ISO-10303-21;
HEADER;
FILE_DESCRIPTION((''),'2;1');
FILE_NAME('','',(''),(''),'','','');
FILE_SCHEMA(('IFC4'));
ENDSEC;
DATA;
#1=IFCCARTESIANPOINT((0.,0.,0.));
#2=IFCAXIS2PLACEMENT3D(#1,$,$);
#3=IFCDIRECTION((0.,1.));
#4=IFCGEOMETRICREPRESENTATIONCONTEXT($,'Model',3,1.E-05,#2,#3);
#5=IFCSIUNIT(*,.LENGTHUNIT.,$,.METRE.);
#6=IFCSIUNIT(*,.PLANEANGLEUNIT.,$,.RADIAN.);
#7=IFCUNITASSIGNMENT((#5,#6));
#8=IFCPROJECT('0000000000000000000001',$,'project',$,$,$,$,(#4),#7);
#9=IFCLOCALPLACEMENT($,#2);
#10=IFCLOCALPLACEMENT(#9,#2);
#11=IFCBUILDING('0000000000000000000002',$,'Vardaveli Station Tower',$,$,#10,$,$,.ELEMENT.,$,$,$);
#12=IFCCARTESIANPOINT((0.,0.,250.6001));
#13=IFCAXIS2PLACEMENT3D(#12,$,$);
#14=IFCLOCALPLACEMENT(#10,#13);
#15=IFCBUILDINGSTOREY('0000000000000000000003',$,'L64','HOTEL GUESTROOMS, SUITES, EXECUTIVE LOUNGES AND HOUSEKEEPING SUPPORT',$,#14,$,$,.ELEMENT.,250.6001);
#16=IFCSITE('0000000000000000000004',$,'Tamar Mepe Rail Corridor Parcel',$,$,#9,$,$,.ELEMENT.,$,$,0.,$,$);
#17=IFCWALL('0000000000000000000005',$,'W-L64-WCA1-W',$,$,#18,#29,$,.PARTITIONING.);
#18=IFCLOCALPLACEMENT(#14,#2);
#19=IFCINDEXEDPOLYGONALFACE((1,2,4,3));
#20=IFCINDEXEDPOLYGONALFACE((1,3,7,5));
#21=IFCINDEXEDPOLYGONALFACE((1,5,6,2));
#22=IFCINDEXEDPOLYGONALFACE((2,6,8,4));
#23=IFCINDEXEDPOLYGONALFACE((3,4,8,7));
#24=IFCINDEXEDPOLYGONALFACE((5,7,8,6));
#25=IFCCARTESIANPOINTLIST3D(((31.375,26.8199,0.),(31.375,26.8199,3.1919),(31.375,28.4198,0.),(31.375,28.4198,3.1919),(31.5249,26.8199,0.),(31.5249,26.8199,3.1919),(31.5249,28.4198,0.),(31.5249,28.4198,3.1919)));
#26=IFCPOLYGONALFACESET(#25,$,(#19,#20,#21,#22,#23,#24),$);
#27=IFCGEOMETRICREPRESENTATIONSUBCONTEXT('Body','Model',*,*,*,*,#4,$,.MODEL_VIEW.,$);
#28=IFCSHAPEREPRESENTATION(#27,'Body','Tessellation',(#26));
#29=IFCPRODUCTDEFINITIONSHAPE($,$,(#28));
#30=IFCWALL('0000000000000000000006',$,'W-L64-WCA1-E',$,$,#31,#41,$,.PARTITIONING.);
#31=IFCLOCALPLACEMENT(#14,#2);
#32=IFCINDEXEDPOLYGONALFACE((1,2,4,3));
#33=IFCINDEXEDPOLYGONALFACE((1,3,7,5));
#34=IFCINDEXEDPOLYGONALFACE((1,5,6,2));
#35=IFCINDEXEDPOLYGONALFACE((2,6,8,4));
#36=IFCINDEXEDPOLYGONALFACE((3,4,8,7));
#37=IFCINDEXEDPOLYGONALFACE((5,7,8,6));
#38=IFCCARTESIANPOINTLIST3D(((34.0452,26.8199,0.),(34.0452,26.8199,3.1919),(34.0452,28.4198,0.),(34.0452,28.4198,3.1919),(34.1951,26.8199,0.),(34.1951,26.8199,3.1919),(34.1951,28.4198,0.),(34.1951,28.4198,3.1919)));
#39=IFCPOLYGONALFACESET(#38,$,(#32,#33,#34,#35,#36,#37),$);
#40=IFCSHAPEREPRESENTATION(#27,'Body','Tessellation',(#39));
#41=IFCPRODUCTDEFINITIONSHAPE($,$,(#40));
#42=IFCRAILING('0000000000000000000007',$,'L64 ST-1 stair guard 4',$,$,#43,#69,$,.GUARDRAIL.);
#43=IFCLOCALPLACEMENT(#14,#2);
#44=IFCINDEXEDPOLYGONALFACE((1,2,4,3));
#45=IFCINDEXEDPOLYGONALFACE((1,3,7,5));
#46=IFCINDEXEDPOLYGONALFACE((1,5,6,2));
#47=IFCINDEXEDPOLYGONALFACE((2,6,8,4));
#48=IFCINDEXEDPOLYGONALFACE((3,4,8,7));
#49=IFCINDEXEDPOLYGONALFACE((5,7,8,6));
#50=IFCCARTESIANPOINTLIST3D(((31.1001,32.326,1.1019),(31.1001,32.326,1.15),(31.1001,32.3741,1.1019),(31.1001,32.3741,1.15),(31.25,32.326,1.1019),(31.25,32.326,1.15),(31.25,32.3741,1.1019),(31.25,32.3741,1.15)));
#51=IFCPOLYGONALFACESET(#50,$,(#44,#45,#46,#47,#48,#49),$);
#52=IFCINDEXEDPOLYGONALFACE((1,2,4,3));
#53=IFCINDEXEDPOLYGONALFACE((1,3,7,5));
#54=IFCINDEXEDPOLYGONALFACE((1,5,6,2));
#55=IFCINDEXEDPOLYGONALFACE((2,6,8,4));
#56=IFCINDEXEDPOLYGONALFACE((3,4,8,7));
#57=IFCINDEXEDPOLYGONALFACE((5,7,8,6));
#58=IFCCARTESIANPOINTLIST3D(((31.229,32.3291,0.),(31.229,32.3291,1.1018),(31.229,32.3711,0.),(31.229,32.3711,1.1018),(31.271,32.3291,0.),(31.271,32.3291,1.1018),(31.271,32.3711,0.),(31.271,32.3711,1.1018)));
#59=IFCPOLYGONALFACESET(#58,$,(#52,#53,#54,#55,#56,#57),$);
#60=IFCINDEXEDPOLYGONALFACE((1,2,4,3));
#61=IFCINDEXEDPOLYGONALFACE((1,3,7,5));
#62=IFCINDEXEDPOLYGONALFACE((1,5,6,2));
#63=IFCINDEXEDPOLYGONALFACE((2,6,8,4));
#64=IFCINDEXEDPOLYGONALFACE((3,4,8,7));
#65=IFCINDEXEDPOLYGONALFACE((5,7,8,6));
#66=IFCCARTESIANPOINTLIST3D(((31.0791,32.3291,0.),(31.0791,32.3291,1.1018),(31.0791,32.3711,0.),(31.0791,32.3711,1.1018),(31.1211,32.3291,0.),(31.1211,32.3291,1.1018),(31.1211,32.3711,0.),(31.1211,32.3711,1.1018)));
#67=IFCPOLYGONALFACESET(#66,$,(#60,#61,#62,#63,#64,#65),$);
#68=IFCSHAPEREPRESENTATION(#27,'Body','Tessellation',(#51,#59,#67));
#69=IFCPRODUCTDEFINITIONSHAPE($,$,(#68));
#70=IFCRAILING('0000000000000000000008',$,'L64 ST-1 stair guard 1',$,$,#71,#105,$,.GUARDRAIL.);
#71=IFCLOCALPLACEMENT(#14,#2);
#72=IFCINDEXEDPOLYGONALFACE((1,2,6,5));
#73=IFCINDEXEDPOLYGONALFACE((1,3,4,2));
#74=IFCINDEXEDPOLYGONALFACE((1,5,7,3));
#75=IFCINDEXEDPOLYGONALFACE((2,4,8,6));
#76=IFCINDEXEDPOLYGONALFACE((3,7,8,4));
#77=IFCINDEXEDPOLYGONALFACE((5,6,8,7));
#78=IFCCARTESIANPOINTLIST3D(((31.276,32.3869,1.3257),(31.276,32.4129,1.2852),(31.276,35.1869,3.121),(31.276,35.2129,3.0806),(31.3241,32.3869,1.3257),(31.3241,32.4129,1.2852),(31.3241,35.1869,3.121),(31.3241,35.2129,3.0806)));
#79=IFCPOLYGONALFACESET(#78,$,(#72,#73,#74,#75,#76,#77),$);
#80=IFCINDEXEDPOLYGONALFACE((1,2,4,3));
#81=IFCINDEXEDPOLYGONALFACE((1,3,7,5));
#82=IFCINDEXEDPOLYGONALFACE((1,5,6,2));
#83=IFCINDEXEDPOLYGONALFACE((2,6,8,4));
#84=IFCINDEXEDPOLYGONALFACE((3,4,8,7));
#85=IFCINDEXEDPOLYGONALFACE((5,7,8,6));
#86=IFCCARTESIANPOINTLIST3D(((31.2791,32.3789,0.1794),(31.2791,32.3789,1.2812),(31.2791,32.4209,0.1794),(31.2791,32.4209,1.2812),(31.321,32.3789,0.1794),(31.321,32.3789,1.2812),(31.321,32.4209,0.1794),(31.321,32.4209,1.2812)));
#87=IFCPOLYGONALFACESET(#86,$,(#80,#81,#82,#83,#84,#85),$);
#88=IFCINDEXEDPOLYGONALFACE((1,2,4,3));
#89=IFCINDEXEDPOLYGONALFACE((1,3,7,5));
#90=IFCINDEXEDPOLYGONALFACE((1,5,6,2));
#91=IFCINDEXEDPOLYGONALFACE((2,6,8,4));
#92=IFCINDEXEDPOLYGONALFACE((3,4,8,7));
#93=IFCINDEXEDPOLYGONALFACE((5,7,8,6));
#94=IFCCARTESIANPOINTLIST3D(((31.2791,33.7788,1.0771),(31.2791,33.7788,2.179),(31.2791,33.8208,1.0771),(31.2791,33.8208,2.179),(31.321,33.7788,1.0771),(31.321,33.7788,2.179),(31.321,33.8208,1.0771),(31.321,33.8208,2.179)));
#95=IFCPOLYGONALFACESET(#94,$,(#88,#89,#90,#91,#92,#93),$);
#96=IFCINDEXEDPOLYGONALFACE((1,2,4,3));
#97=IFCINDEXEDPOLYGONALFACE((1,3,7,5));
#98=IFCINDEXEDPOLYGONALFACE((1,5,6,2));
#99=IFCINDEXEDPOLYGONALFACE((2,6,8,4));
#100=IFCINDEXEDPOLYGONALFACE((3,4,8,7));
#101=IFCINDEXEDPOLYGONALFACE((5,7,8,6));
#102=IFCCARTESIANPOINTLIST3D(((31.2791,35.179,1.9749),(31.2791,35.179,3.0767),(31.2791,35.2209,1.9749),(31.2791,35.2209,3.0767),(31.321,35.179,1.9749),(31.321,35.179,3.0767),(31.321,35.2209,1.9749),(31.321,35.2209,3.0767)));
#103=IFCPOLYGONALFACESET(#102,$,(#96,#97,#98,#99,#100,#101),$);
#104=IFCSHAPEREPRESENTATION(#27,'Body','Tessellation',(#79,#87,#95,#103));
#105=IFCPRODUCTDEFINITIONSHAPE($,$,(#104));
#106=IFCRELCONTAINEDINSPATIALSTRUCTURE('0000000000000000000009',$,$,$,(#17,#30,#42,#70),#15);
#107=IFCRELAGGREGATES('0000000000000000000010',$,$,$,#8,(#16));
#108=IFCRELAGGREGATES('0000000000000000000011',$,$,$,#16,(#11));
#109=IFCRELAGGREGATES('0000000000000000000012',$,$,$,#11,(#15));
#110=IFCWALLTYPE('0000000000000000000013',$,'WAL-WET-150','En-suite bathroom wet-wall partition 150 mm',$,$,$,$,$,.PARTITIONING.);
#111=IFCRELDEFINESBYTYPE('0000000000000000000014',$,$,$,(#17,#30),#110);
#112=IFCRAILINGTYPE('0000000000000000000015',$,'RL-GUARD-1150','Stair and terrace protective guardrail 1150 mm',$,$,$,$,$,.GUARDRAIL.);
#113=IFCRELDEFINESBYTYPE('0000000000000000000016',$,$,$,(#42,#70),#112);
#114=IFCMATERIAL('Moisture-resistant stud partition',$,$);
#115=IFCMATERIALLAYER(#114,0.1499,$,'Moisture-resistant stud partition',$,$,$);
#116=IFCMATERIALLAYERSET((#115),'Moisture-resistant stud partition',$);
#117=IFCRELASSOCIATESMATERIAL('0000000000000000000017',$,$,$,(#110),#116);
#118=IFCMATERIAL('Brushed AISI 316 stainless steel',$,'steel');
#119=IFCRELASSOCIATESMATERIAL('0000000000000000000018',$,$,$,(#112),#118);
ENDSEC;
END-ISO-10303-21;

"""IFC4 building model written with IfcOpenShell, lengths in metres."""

from ifc_helpers import new_model, si_unit, direction, frame, frame_2d, origin, origin_2d, place, context, subcontext, project, spatial, rectangle, extrude, source, transform, mapped, material, layer, layer_set, type_object, element, save


model = new_model("IFC4")

# Units and contexts
model_context = context("Model", 3, precision=1e-05, world=origin(), true_north=direction((0.0, 1.0)))
body_context = subcontext(model_context, "Body", "Model", "MODEL_VIEW")
ifc_project = project(units=[si_unit("LENGTHUNIT", "METRE"), si_unit("PLANEANGLEUNIT", "RADIAN")], contexts=[model_context])

# Site, building, storey
site_placement = place(None, origin())
site = spatial("IfcSite", under=ifc_project, at=site_placement, Name="Tamar Mepe Rail Corridor Parcel", CompositionType="ELEMENT", RefElevation=0.0)
building_placement = place(site_placement, origin())
building = spatial("IfcBuilding", under=site, at=building_placement, Name="Vardaveli Station Tower", CompositionType="ELEMENT")
storey_placement = place(building_placement, frame((0.0, 0.0, 250.6001)))
storey = spatial("IfcBuildingStorey", under=building, at=storey_placement, Name="L64", Description="HOTEL GUESTROOMS, SUITES, EXECUTIVE LOUNGES AND HOUSEKEEPING SUPPORT", CompositionType="ELEMENT", Elevation=250.6001)

# Shared definitions
ifc_material_1 = material(Name="Moisture-resistant stud partition")
ifc_layer_1 = layer(ifc_material_1, 0.1499, Name="Moisture-resistant stud partition")
ifc_layer_set_1 = layer_set([ifc_layer_1], Name="Moisture-resistant stud partition")
wall_type_1 = type_object("IfcWallType", Name="WAL-WET-150", Description="En-suite bathroom wet-wall partition 150 mm", PredefinedType="PARTITIONING", material=ifc_layer_set_1)

# Walls
shared_shape_1 = source(origin(), body_context, "Body", "SweptSolid", [
    extrude(rectangle(XDim=1.5999, YDim=0.1499, at=frame_2d((0.7998, 0.0))), origin(), (0.0, 0.0, 1.0), 3.1919),
])
for number, where, z_axis, x_axis, name in (
    (1, (31.45, 26.8201, 0.0), (0.0, 0.0, 1.0), (0.0, 1.0, 0.0), "W-L64-WCA1-W"),
    (2, (34.1201, 26.8201, 0.0), (0.0, 0.0, 1.0), (0.0, 1.0, 0.0), "W-L64-WCA1-E"),
):
    element("IfcWall", number, at=place(storey_placement, frame(where, z_axis=z_axis, x_axis=x_axis)), inside=storey, type_object=wall_type_1, Name=name, PredefinedType="PARTITIONING", context=body_context, shape_type="MappedRepresentation", body=[
        mapped(shared_shape_1, transform((0.0, 0.0, 0.0), scale=1.0)),
    ])

# Railings
ifc_material_2 = material(Name="Brushed AISI 316 stainless steel", Category="steel")
railing_type = type_object("IfcRailingType", Name="RL-GUARD-1150", Description="Stair and terrace protective guardrail 1150 mm", PredefinedType="GUARDRAIL", material=ifc_material_2)
shared_shape_2 = source(origin(), body_context, "Body", "SweptSolid", [
    extrude(rectangle(XDim=0.0481, YDim=0.0481, at=origin_2d()), frame((0.0, 0.0, 1.126), z_axis=(-1.0, 0.0, 0.0), x_axis=(0.0, -1.0, 0.0)), (0.0, 0.0, 1.0), 0.1499),
    extrude(rectangle(XDim=0.042, YDim=0.042, at=origin_2d()), origin(), (0.0, 0.0, 1.0), 1.1018),
    extrude(rectangle(XDim=0.042, YDim=0.042, at=origin_2d()), frame((-0.1499, 0.0, 0.0)), (0.0, 0.0, 1.0), 1.1018),
])
railing_1_placement = place(storey_placement, frame((31.25, 32.3501, 0.0)))
element("IfcRailing", 3, at=railing_1_placement, inside=storey, type_object=railing_type, Name="L64 ST-1 stair guard 4", PredefinedType="GUARDRAIL", context=body_context, shape_type="MappedRepresentation", body=[
    mapped(shared_shape_2, transform((0.0, 0.0, 0.0), scale=1.0)),
])
shared_shape_3 = source(origin(), body_context, "Body", "SweptSolid", [
    extrude(rectangle(XDim=0.0481, YDim=0.0481, at=origin_2d()), frame((0.0, 0.0, 1.126), z_axis=(0.0, 0.84181, 0.539774), x_axis=(-1.0, 0.0, 0.0)), (0.0, 0.0, 1.0), 3.3262),
    extrude(rectangle(XDim=0.042, YDim=0.042, at=origin_2d()), origin(), (0.0, 0.0, 1.0), 1.1018),
    extrude(rectangle(XDim=0.042, YDim=0.042, at=origin_2d()), frame((0.0, 1.3999, 0.8977)), (0.0, 0.0, 1.0), 1.1018),
    extrude(rectangle(XDim=0.042, YDim=0.042, at=origin_2d()), frame((0.0, 2.8, 1.7954)), (0.0, 0.0, 1.0), 1.1018),
])
railing_2_placement = place(storey_placement, frame((31.3, 32.3999, 0.1794)))
element("IfcRailing", 4, at=railing_2_placement, inside=storey, type_object=railing_type, Name="L64 ST-1 stair guard 1", PredefinedType="GUARDRAIL", context=body_context, shape_type="MappedRepresentation", body=[
    mapped(shared_shape_3, transform((0.0, 0.0, 0.0), scale=1.0)),
])

save(model, "model.ifc")
